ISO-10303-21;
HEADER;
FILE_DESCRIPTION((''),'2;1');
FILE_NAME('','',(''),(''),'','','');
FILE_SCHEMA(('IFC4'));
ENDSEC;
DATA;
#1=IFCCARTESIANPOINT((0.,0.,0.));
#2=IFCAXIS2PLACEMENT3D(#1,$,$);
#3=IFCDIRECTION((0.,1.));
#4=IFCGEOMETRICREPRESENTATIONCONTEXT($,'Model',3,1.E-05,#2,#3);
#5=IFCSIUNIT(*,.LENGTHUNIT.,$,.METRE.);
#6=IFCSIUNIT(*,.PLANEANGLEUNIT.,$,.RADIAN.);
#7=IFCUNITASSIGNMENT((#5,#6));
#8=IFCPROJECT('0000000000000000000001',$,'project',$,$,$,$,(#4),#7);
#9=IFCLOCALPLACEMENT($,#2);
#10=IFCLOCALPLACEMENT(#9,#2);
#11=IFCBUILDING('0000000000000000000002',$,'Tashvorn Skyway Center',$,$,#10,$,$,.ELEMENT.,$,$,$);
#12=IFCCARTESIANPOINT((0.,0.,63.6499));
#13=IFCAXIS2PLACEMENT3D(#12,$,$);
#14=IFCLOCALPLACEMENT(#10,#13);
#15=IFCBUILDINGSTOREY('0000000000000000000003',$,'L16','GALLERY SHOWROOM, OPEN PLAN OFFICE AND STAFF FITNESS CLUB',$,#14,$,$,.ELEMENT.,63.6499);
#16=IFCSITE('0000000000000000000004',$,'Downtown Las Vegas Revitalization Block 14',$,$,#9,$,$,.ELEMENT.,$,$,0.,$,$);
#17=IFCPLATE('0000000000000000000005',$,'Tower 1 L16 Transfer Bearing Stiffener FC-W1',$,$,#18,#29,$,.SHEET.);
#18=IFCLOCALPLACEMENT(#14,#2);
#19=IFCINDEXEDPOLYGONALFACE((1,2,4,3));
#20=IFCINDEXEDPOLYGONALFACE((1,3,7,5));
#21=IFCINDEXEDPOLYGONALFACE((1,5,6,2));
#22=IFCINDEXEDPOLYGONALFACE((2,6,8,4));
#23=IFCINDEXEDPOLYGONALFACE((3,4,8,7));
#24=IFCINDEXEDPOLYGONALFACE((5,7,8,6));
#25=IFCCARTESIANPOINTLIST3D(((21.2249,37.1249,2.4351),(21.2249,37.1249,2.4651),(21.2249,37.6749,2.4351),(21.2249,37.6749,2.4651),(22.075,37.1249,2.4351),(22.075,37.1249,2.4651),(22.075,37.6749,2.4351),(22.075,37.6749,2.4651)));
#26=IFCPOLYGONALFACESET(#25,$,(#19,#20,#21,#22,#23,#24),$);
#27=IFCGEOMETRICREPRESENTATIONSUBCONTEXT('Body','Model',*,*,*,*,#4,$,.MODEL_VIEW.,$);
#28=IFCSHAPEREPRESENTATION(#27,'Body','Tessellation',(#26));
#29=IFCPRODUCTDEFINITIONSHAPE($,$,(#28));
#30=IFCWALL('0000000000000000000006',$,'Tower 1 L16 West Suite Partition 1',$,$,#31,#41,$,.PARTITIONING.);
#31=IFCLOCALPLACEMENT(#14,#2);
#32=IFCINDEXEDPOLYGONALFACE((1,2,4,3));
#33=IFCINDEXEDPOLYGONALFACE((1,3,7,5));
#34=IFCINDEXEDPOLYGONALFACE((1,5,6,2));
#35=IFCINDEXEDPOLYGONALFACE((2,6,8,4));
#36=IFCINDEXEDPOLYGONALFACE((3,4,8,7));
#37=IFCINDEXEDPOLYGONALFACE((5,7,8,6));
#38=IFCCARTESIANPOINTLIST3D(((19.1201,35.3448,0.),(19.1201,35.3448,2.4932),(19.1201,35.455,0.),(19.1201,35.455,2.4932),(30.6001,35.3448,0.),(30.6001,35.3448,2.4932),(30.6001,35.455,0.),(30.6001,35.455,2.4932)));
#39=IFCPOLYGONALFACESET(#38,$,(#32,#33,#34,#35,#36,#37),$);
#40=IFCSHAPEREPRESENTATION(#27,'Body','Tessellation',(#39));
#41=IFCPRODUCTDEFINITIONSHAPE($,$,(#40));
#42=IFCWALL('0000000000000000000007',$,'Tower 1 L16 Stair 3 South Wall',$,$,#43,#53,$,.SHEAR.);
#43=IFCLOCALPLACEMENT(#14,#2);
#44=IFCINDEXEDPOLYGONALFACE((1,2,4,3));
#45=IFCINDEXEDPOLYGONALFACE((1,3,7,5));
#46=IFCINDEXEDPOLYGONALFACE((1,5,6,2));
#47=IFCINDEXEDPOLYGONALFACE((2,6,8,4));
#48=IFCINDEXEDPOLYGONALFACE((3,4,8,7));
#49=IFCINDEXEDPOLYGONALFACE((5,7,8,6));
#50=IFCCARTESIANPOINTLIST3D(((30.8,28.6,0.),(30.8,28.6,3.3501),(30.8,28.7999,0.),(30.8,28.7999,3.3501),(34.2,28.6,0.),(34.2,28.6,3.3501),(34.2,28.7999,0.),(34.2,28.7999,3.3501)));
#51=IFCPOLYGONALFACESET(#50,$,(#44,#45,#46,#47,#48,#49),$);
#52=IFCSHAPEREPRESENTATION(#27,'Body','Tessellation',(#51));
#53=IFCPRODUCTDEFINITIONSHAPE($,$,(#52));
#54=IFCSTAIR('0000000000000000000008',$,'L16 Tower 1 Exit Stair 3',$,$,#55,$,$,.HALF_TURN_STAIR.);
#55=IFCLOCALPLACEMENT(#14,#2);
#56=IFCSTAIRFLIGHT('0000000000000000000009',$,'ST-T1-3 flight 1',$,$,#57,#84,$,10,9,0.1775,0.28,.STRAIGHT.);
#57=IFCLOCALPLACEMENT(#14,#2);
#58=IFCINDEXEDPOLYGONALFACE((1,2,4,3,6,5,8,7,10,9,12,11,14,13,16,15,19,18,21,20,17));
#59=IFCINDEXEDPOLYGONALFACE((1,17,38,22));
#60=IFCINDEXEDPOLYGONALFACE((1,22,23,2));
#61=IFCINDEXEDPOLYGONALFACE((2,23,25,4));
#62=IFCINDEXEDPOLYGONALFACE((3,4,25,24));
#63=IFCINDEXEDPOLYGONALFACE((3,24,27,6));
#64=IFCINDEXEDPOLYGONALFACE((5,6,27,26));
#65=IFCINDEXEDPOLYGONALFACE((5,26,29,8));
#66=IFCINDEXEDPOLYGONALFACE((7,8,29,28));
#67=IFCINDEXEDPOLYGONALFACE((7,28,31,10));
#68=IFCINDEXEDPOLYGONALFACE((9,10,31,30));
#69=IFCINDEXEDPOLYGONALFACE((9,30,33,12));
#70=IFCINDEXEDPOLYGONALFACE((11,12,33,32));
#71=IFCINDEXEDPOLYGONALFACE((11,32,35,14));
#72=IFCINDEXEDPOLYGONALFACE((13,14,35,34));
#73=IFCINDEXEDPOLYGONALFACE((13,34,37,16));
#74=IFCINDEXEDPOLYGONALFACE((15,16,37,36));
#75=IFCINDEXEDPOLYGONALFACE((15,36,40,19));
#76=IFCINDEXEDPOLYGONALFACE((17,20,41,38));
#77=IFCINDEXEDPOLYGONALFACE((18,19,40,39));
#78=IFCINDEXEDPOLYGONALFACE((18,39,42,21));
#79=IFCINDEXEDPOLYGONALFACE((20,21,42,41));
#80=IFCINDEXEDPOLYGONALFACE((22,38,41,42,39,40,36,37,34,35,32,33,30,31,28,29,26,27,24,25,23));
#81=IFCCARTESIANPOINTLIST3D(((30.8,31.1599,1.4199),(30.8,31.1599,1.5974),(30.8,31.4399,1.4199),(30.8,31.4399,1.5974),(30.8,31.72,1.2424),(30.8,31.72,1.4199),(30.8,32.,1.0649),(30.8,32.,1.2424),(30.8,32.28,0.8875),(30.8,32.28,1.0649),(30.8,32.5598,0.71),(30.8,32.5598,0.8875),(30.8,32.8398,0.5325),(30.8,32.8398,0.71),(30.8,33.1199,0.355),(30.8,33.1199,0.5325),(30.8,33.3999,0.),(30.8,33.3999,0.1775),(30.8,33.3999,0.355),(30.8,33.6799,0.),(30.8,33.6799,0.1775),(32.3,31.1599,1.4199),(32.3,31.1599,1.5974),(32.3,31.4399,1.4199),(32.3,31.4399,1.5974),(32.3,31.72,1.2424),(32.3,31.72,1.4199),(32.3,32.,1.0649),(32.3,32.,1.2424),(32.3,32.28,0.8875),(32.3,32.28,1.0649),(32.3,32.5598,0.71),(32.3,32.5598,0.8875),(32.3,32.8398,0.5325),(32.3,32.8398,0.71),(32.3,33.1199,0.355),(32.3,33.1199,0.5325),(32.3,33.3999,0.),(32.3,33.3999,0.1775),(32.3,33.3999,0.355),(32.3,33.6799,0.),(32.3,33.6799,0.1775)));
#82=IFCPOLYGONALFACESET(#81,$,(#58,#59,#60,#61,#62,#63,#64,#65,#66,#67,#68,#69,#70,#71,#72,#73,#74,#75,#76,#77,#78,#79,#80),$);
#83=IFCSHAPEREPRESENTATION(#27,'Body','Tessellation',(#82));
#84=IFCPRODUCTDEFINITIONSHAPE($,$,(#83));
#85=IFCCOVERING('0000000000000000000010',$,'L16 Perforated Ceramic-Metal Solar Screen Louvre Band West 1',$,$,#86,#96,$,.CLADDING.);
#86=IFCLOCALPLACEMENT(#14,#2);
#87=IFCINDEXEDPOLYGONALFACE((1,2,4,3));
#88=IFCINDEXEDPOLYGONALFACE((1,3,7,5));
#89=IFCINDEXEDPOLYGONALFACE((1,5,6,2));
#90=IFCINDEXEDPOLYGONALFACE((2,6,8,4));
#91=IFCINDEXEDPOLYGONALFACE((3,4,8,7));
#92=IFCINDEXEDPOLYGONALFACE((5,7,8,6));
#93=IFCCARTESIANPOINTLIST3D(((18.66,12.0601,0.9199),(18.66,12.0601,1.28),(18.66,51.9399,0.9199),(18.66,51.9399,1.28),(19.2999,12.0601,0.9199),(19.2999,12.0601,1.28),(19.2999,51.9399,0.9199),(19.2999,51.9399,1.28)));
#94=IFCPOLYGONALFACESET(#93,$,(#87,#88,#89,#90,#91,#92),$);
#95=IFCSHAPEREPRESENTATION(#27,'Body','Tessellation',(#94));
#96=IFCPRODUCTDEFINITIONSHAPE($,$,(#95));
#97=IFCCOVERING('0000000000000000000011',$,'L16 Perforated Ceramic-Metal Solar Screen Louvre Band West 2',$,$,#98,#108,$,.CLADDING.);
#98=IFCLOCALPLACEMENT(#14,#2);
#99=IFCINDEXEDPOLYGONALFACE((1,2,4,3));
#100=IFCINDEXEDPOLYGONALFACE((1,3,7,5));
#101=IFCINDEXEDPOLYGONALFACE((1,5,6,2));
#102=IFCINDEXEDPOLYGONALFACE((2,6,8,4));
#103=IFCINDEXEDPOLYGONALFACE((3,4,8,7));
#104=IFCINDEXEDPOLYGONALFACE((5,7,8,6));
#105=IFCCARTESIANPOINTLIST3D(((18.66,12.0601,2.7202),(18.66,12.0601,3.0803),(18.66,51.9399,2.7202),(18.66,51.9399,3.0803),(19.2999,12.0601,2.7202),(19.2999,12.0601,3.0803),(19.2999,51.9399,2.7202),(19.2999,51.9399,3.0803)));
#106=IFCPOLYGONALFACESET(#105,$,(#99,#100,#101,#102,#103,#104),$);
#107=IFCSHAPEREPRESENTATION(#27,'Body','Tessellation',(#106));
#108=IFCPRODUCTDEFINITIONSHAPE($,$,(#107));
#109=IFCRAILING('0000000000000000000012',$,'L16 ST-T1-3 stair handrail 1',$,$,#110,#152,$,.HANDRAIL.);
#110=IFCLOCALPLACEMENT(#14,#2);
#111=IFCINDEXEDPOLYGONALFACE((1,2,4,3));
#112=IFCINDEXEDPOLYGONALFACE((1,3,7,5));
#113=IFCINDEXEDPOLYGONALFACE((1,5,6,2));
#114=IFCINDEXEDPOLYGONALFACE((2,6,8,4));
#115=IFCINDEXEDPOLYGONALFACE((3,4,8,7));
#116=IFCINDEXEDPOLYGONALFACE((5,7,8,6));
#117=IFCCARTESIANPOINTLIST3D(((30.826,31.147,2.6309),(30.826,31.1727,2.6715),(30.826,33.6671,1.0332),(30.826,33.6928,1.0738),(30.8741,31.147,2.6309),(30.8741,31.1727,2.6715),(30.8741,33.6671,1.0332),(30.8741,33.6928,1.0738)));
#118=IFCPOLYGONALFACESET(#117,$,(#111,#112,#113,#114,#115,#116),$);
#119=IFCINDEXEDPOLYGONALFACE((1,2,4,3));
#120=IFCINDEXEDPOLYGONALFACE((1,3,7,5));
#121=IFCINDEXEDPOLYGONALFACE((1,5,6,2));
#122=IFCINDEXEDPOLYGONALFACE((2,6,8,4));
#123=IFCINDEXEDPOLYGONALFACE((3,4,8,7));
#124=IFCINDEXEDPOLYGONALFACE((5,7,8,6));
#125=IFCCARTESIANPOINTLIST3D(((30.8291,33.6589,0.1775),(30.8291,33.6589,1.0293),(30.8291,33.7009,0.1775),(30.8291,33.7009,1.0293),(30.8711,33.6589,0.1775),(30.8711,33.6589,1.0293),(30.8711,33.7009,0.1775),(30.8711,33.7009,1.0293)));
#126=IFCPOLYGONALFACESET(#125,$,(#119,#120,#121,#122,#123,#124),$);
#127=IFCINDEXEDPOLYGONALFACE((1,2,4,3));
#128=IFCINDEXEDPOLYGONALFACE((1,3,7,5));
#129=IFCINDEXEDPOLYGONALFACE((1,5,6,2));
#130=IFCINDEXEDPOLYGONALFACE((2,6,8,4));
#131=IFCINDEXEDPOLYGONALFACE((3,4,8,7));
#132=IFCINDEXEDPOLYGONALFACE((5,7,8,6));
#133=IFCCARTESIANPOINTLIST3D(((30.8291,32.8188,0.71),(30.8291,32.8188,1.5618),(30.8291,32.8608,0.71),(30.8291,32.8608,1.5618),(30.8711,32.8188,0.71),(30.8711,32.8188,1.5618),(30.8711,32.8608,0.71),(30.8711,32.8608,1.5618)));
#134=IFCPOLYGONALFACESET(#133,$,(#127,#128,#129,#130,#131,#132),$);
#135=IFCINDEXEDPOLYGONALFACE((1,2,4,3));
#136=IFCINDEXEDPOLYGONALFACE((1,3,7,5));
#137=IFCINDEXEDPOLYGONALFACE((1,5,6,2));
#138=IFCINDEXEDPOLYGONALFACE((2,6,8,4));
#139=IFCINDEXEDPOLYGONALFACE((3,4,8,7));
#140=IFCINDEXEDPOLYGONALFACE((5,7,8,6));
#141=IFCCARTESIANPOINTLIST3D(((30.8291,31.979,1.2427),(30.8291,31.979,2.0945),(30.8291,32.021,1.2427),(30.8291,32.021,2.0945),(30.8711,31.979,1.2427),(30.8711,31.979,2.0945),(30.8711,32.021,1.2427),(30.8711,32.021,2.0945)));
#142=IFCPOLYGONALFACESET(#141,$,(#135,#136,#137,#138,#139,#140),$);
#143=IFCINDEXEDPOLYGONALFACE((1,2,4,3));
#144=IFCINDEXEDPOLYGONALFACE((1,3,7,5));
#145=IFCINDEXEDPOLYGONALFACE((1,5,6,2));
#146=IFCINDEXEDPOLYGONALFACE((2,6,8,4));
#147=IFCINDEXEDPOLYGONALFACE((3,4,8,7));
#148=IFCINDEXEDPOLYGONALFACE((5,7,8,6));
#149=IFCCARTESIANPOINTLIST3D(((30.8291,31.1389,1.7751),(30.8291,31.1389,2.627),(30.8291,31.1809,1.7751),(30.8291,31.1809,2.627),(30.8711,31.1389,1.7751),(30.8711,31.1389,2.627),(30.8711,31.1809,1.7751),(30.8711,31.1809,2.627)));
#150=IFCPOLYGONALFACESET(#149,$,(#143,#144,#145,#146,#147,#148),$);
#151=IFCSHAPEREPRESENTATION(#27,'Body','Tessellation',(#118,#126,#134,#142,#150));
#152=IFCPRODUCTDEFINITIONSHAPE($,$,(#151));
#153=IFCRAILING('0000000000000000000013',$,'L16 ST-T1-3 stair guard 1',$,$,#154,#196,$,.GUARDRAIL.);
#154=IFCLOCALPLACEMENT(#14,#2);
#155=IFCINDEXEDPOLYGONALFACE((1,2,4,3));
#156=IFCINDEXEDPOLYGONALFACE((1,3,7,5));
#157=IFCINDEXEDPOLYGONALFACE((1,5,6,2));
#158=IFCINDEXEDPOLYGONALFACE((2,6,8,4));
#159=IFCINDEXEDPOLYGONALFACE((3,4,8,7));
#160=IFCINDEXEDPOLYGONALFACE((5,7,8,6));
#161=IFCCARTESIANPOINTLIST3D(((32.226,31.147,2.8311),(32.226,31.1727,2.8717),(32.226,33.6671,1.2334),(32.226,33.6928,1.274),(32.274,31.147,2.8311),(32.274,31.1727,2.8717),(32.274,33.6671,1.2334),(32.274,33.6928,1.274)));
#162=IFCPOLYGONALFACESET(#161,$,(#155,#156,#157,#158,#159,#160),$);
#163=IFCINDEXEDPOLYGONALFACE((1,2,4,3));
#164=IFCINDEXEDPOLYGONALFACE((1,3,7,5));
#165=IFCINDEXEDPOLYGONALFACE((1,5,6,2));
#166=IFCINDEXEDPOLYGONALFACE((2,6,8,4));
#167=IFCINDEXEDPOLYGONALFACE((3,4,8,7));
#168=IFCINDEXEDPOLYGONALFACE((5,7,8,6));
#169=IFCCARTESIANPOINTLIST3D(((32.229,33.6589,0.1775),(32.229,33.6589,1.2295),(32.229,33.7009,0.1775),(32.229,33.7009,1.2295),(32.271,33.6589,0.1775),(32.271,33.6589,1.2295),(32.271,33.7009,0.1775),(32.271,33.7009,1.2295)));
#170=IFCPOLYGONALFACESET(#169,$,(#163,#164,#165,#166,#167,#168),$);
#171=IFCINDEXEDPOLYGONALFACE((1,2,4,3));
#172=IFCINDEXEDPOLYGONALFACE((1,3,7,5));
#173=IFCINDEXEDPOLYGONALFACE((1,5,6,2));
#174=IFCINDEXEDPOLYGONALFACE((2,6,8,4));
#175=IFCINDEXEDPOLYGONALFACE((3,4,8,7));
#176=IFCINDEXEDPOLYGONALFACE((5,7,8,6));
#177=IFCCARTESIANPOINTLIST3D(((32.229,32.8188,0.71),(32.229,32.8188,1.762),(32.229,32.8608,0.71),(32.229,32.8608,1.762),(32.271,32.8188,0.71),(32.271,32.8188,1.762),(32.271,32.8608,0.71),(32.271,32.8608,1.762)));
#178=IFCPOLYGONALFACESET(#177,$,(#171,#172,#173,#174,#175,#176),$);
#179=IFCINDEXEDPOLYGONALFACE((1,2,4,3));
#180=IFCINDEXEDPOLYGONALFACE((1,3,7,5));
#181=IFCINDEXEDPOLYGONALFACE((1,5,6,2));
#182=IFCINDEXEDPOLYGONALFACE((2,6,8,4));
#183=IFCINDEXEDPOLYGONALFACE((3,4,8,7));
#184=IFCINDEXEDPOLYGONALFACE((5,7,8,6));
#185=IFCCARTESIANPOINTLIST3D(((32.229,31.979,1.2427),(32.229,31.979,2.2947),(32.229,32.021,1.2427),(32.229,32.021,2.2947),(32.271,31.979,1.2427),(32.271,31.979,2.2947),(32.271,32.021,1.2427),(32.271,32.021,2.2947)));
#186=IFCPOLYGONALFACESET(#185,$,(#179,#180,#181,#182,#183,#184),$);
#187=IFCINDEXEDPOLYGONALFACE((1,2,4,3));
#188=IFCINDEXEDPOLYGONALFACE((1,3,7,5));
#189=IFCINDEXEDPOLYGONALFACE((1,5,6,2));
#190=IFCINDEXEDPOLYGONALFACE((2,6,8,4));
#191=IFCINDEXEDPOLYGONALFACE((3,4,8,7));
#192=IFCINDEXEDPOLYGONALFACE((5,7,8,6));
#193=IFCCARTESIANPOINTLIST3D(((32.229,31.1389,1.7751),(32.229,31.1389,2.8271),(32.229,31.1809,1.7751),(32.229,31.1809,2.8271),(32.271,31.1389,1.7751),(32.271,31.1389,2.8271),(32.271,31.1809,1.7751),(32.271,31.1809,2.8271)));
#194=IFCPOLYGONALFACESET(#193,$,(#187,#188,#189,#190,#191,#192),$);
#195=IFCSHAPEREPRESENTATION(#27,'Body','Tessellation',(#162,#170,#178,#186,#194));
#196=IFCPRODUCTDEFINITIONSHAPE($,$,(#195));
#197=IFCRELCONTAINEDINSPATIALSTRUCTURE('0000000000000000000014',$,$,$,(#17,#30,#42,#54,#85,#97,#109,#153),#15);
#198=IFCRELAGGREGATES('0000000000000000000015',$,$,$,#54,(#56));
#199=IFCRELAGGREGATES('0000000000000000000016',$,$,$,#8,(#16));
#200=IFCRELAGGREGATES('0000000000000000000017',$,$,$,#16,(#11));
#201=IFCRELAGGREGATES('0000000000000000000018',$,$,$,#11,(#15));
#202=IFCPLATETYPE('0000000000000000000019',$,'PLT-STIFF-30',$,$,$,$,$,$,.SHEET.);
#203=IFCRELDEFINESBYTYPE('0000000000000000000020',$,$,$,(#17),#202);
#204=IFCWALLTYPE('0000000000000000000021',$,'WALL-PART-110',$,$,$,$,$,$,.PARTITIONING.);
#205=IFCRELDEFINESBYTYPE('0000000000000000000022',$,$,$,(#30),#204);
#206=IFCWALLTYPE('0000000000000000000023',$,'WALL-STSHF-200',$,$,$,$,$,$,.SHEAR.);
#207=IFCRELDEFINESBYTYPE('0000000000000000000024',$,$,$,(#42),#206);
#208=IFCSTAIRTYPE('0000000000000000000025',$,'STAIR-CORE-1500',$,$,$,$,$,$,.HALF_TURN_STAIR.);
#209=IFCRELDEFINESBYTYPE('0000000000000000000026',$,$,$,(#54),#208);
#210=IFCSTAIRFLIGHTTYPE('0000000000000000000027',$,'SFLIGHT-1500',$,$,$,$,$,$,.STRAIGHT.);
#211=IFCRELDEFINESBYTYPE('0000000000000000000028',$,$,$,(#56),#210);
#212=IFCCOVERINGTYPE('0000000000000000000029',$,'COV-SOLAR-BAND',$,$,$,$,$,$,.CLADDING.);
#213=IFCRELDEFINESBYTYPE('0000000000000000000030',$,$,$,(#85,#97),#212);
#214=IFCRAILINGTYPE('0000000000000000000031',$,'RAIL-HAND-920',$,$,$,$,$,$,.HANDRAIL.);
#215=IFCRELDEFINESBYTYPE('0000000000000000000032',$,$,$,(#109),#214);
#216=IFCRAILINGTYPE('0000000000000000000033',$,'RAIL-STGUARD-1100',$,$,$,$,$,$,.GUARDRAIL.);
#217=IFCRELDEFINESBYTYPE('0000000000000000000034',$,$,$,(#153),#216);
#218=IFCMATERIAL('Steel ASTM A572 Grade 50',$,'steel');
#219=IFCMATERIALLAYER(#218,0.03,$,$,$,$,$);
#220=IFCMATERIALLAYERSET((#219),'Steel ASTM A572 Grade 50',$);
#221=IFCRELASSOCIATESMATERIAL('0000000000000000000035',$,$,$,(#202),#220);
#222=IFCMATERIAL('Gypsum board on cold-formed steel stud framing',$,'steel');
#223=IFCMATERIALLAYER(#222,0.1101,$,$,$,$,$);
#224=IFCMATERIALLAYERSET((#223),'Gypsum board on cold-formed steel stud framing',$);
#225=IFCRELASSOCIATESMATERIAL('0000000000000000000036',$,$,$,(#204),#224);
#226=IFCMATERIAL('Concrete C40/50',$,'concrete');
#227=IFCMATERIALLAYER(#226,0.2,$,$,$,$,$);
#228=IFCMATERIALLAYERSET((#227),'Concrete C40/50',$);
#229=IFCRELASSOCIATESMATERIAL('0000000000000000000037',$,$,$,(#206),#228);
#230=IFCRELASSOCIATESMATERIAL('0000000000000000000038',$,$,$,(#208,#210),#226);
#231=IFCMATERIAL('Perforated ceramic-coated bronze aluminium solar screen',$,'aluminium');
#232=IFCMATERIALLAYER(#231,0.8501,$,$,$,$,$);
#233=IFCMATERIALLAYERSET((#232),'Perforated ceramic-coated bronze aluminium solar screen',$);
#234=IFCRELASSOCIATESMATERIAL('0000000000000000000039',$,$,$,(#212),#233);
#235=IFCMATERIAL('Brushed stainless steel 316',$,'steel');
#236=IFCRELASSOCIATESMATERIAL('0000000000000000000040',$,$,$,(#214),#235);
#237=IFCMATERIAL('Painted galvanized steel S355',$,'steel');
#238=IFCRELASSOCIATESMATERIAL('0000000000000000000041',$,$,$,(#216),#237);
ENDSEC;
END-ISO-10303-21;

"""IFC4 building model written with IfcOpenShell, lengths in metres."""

from ifc_helpers import new_model, si_unit, direction, frame, frame_2d, origin, origin_2d, place, context, subcontext, project, spatial, polyline, rectangle, outline, extrude, material, layer, layer_set, type_object, element, aggregate, save


model = new_model("IFC4")

# Units and contexts
model_context = context("Model", 3, precision=1e-05, world=origin(), true_north=direction((0.0, 1.0)))
body_context = subcontext(model_context, "Body", "Model", "MODEL_VIEW")
ifc_project = project(units=[si_unit("LENGTHUNIT", "METRE"), si_unit("PLANEANGLEUNIT", "RADIAN")], contexts=[model_context])

# Site, building, storey
site_placement = place(None, origin())
site = spatial("IfcSite", under=ifc_project, at=site_placement, Name="Downtown Las Vegas Revitalization Block 14", CompositionType="ELEMENT", RefElevation=0.0)
building_placement = place(site_placement, origin())
building = spatial("IfcBuilding", under=site, at=building_placement, Name="Tashvorn Skyway Center", CompositionType="ELEMENT")
storey_placement = place(building_placement, frame((0.0, 0.0, 63.6499)))
storey = spatial("IfcBuildingStorey", under=building, at=storey_placement, Name="L16", Description="GALLERY SHOWROOM, OPEN PLAN OFFICE AND STAFF FITNESS CLUB", CompositionType="ELEMENT", Elevation=63.6499)

# Shared definitions
ifc_material_1 = material(Name="Steel ASTM A572 Grade 50", Category="steel")

# Plate
ifc_layer_1 = layer(ifc_material_1, 0.03)
ifc_layer_set_1 = layer_set([ifc_layer_1], Name="Steel ASTM A572 Grade 50")
plate_type_1 = type_object("IfcPlateType", Name="PLT-STIFF-30", PredefinedType="SHEET", material=ifc_layer_set_1)
plate_1_placement = place(storey_placement, frame((21.6499, 37.3999, 2.4351), z_axis=(0.0, 0.0, 1.0), x_axis=(1.0, 0.0, 0.0)))
element("IfcPlate", 1, at=plate_1_placement, inside=storey, type_object=plate_type_1, Name="Tower 1 L16 Transfer Bearing Stiffener FC-W1", PredefinedType="SHEET", context=body_context, shape_type="SweptSolid", body=[
    extrude(rectangle(XDim=0.8501, YDim=0.55, at=origin_2d()), origin(), (0.0, 0.0, 1.0), 0.03),
])

# Walls
ifc_material_2 = material(Name="Gypsum board on cold-formed steel stud framing", Category="steel")
ifc_layer_2 = layer(ifc_material_2, 0.1101)
ifc_layer_set_2 = layer_set([ifc_layer_2], Name="Gypsum board on cold-formed steel stud framing")
wall_type_1 = type_object("IfcWallType", Name="WALL-PART-110", PredefinedType="PARTITIONING", material=ifc_layer_set_2)
wall_1_placement = place(storey_placement, frame((30.6001, 35.3999, 0.0), z_axis=(0.0, 0.0, 1.0), x_axis=(-1.0, 0.0, 0.0)))
element("IfcWall", 2, at=wall_1_placement, inside=storey, type_object=wall_type_1, Name="Tower 1 L16 West Suite Partition 1", PredefinedType="PARTITIONING", context=body_context, shape_type="SweptSolid", body=[
    extrude(rectangle(XDim=11.48, YDim=0.1101, at=frame_2d((5.74, 0.0))), origin(), (0.0, 0.0, 1.0), 2.4932),
])
ifc_material_3 = material(Name="Concrete C40/50", Category="concrete")
ifc_layer_3 = layer(ifc_material_3, 0.2)
ifc_layer_set_3 = layer_set([ifc_layer_3], Name="Concrete C40/50")
wall_type_2 = type_object("IfcWallType", Name="WALL-STSHF-200", PredefinedType="SHEAR", material=ifc_layer_set_3)
wall_2_placement = place(storey_placement, frame((30.8, 28.7, 0.0), z_axis=(0.0, 0.0, 1.0), x_axis=(1.0, 0.0, 0.0)))
element("IfcWall", 3, at=wall_2_placement, inside=storey, type_object=wall_type_2, Name="Tower 1 L16 Stair 3 South Wall", PredefinedType="SHEAR", context=body_context, shape_type="SweptSolid", body=[
    extrude(rectangle(XDim=3.3999, YDim=0.2, at=frame_2d((1.7, 0.0))), origin(), (0.0, 0.0, 1.0), 3.3501),
])

# Stair, stair flight
stair_type = type_object("IfcStairType", Name="STAIR-CORE-1500", PredefinedType="HALF_TURN_STAIR", material=ifc_material_3)
stair_placement = place(storey_placement, origin())
stair = element("IfcStair", 4, at=stair_placement, inside=storey, type_object=stair_type, Name="L16 Tower 1 Exit Stair 3", PredefinedType="HALF_TURN_STAIR")
stair_flight_type = type_object("IfcStairFlightType", Name="SFLIGHT-1500", PredefinedType="STRAIGHT", material=ifc_material_3)
stair_flight_placement = place(storey_placement, frame((31.55, 33.6799, 0.0), z_axis=(0.0, 0.0, 1.0), x_axis=(0.0, -1.0, 0.0)))
stair_flight = element("IfcStairFlight", 5, at=stair_flight_placement, type_object=stair_flight_type, Name="ST-T1-3 flight 1", NumberOfRisers=10, NumberOfTreads=9, PredefinedType="STRAIGHT", RiserHeight=0.1775, TreadLength=0.28, context=body_context, shape_type="SweptSolid", body=[
    extrude(outline(polyline([(0.0, 0.0), (0.0, 0.1775), (0.28, 0.1775), (0.28, 0.355), (0.5601, 0.355), (0.5601, 0.5325), (0.8401, 0.5325), (0.8401, 0.71), (1.1201, 0.71), (1.1201, 0.8875), (1.3999, 0.8875), (1.3999, 1.0649), (1.6799, 1.0649), (1.6799, 1.2424), (1.96, 1.2424), (1.96, 1.4199), (2.24, 1.4199), (2.24, 1.5974), (2.52, 1.5974), (2.52, 1.7749), (2.52, 1.4199), (0.28, 0.0), (0.0, 0.0)])), frame((0.0, 0.75, 0.0), z_axis=(0.0, -1.0, 0.0), x_axis=(1.0, 0.0, 0.0)), (0.0, 0.0, 1.0), 1.5),
])
aggregate(stair, [stair_flight])

# Coverings
ifc_material_4 = material(Name="Perforated ceramic-coated bronze aluminium solar screen", Category="aluminium")
ifc_layer_4 = layer(ifc_material_4, 0.8501)
ifc_layer_set_4 = layer_set([ifc_layer_4], Name="Perforated ceramic-coated bronze aluminium solar screen")
covering_type = type_object("IfcCoveringType", Name="COV-SOLAR-BAND", PredefinedType="CLADDING", material=ifc_layer_set_4)
for number, where, z_axis, x_axis, name in (
    (6, (18.98, 32.0, 0.9199), (0.0, 0.0, 1.0), (0.0, 1.0, 0.0), "L16 Perforated Ceramic-Metal Solar Screen Louvre Band West 1"),
    (7, (18.98, 32.0, 2.7202), (0.0, 0.0, 1.0), (0.0, 1.0, 0.0), "L16 Perforated Ceramic-Metal Solar Screen Louvre Band West 2"),
):
    element("IfcCovering", number, at=place(storey_placement, frame(where, z_axis=z_axis, x_axis=x_axis)), inside=storey, type_object=covering_type, Name=name, PredefinedType="CLADDING", context=body_context, shape_type="SweptSolid", body=[
        extrude(rectangle(XDim=39.8799, YDim=0.6399, at=origin_2d()), origin(), (0.0, 0.0, 1.0), 0.3601),
    ])

# Railings
ifc_material_5 = material(Name="Brushed stainless steel 316", Category="steel")
railing_type_1 = type_object("IfcRailingType", Name="RAIL-HAND-920", PredefinedType="HANDRAIL", material=ifc_material_5)
railing_1_placement = place(storey_placement, frame((30.8501, 33.6799, 0.1775)))
element("IfcRailing", 8, at=railing_1_placement, inside=storey, type_object=railing_type_1, Name="L16 ST-T1-3 stair handrail 1", PredefinedType="HANDRAIL", context=body_context, shape_type="SweptSolid", body=[
    extrude(rectangle(XDim=0.0481, YDim=0.0481, at=origin_2d()), frame((0.0, 0.0, 0.876), z_axis=(0.0, -0.84457, 0.535445), x_axis=(1.0, 0.0, 0.0)), (0.0, 0.0, 1.0), 2.9839),
    extrude(rectangle(XDim=0.042, YDim=0.042, at=origin_2d()), origin(), (0.0, 0.0, 1.0), 0.8518),
    extrude(rectangle(XDim=0.042, YDim=0.042, at=origin_2d()), frame((0.0, -0.8401, 0.5325)), (0.0, 0.0, 1.0), 0.8518),
    extrude(rectangle(XDim=0.042, YDim=0.042, at=origin_2d()), frame((0.0, -1.6799, 1.0652)), (0.0, 0.0, 1.0), 0.8518),
    extrude(rectangle(XDim=0.042, YDim=0.042, at=origin_2d()), frame((0.0, -2.52, 1.5977)), (0.0, 0.0, 1.0), 0.8518),
])
ifc_material_6 = material(Name="Painted galvanized steel S355", Category="steel")
railing_type_2 = type_object("IfcRailingType", Name="RAIL-STGUARD-1100", PredefinedType="GUARDRAIL", material=ifc_material_6)
railing_2_placement = place(storey_placement, frame((32.25, 33.6799, 0.1775)))
element("IfcRailing", 9, at=railing_2_placement, inside=storey, type_object=railing_type_2, Name="L16 ST-T1-3 stair guard 1", PredefinedType="GUARDRAIL", context=body_context, shape_type="SweptSolid", body=[
    extrude(rectangle(XDim=0.0481, YDim=0.0481, at=origin_2d()), frame((0.0, 0.0, 1.0762), z_axis=(0.0, -0.84457, 0.535445), x_axis=(1.0, 0.0, 0.0)), (0.0, 0.0, 1.0), 2.9839),
    extrude(rectangle(XDim=0.042, YDim=0.042, at=origin_2d()), origin(), (0.0, 0.0, 1.0), 1.052),
    extrude(rectangle(XDim=0.042, YDim=0.042, at=origin_2d()), frame((0.0, -0.8401, 0.5325)), (0.0, 0.0, 1.0), 1.052),
    extrude(rectangle(XDim=0.042, YDim=0.042, at=origin_2d()), frame((0.0, -1.6799, 1.0652)), (0.0, 0.0, 1.0), 1.052),
    extrude(rectangle(XDim=0.042, YDim=0.042, at=origin_2d()), frame((0.0, -2.52, 1.5977)), (0.0, 0.0, 1.0), 1.052),
])

save(model, "model.ifc")
